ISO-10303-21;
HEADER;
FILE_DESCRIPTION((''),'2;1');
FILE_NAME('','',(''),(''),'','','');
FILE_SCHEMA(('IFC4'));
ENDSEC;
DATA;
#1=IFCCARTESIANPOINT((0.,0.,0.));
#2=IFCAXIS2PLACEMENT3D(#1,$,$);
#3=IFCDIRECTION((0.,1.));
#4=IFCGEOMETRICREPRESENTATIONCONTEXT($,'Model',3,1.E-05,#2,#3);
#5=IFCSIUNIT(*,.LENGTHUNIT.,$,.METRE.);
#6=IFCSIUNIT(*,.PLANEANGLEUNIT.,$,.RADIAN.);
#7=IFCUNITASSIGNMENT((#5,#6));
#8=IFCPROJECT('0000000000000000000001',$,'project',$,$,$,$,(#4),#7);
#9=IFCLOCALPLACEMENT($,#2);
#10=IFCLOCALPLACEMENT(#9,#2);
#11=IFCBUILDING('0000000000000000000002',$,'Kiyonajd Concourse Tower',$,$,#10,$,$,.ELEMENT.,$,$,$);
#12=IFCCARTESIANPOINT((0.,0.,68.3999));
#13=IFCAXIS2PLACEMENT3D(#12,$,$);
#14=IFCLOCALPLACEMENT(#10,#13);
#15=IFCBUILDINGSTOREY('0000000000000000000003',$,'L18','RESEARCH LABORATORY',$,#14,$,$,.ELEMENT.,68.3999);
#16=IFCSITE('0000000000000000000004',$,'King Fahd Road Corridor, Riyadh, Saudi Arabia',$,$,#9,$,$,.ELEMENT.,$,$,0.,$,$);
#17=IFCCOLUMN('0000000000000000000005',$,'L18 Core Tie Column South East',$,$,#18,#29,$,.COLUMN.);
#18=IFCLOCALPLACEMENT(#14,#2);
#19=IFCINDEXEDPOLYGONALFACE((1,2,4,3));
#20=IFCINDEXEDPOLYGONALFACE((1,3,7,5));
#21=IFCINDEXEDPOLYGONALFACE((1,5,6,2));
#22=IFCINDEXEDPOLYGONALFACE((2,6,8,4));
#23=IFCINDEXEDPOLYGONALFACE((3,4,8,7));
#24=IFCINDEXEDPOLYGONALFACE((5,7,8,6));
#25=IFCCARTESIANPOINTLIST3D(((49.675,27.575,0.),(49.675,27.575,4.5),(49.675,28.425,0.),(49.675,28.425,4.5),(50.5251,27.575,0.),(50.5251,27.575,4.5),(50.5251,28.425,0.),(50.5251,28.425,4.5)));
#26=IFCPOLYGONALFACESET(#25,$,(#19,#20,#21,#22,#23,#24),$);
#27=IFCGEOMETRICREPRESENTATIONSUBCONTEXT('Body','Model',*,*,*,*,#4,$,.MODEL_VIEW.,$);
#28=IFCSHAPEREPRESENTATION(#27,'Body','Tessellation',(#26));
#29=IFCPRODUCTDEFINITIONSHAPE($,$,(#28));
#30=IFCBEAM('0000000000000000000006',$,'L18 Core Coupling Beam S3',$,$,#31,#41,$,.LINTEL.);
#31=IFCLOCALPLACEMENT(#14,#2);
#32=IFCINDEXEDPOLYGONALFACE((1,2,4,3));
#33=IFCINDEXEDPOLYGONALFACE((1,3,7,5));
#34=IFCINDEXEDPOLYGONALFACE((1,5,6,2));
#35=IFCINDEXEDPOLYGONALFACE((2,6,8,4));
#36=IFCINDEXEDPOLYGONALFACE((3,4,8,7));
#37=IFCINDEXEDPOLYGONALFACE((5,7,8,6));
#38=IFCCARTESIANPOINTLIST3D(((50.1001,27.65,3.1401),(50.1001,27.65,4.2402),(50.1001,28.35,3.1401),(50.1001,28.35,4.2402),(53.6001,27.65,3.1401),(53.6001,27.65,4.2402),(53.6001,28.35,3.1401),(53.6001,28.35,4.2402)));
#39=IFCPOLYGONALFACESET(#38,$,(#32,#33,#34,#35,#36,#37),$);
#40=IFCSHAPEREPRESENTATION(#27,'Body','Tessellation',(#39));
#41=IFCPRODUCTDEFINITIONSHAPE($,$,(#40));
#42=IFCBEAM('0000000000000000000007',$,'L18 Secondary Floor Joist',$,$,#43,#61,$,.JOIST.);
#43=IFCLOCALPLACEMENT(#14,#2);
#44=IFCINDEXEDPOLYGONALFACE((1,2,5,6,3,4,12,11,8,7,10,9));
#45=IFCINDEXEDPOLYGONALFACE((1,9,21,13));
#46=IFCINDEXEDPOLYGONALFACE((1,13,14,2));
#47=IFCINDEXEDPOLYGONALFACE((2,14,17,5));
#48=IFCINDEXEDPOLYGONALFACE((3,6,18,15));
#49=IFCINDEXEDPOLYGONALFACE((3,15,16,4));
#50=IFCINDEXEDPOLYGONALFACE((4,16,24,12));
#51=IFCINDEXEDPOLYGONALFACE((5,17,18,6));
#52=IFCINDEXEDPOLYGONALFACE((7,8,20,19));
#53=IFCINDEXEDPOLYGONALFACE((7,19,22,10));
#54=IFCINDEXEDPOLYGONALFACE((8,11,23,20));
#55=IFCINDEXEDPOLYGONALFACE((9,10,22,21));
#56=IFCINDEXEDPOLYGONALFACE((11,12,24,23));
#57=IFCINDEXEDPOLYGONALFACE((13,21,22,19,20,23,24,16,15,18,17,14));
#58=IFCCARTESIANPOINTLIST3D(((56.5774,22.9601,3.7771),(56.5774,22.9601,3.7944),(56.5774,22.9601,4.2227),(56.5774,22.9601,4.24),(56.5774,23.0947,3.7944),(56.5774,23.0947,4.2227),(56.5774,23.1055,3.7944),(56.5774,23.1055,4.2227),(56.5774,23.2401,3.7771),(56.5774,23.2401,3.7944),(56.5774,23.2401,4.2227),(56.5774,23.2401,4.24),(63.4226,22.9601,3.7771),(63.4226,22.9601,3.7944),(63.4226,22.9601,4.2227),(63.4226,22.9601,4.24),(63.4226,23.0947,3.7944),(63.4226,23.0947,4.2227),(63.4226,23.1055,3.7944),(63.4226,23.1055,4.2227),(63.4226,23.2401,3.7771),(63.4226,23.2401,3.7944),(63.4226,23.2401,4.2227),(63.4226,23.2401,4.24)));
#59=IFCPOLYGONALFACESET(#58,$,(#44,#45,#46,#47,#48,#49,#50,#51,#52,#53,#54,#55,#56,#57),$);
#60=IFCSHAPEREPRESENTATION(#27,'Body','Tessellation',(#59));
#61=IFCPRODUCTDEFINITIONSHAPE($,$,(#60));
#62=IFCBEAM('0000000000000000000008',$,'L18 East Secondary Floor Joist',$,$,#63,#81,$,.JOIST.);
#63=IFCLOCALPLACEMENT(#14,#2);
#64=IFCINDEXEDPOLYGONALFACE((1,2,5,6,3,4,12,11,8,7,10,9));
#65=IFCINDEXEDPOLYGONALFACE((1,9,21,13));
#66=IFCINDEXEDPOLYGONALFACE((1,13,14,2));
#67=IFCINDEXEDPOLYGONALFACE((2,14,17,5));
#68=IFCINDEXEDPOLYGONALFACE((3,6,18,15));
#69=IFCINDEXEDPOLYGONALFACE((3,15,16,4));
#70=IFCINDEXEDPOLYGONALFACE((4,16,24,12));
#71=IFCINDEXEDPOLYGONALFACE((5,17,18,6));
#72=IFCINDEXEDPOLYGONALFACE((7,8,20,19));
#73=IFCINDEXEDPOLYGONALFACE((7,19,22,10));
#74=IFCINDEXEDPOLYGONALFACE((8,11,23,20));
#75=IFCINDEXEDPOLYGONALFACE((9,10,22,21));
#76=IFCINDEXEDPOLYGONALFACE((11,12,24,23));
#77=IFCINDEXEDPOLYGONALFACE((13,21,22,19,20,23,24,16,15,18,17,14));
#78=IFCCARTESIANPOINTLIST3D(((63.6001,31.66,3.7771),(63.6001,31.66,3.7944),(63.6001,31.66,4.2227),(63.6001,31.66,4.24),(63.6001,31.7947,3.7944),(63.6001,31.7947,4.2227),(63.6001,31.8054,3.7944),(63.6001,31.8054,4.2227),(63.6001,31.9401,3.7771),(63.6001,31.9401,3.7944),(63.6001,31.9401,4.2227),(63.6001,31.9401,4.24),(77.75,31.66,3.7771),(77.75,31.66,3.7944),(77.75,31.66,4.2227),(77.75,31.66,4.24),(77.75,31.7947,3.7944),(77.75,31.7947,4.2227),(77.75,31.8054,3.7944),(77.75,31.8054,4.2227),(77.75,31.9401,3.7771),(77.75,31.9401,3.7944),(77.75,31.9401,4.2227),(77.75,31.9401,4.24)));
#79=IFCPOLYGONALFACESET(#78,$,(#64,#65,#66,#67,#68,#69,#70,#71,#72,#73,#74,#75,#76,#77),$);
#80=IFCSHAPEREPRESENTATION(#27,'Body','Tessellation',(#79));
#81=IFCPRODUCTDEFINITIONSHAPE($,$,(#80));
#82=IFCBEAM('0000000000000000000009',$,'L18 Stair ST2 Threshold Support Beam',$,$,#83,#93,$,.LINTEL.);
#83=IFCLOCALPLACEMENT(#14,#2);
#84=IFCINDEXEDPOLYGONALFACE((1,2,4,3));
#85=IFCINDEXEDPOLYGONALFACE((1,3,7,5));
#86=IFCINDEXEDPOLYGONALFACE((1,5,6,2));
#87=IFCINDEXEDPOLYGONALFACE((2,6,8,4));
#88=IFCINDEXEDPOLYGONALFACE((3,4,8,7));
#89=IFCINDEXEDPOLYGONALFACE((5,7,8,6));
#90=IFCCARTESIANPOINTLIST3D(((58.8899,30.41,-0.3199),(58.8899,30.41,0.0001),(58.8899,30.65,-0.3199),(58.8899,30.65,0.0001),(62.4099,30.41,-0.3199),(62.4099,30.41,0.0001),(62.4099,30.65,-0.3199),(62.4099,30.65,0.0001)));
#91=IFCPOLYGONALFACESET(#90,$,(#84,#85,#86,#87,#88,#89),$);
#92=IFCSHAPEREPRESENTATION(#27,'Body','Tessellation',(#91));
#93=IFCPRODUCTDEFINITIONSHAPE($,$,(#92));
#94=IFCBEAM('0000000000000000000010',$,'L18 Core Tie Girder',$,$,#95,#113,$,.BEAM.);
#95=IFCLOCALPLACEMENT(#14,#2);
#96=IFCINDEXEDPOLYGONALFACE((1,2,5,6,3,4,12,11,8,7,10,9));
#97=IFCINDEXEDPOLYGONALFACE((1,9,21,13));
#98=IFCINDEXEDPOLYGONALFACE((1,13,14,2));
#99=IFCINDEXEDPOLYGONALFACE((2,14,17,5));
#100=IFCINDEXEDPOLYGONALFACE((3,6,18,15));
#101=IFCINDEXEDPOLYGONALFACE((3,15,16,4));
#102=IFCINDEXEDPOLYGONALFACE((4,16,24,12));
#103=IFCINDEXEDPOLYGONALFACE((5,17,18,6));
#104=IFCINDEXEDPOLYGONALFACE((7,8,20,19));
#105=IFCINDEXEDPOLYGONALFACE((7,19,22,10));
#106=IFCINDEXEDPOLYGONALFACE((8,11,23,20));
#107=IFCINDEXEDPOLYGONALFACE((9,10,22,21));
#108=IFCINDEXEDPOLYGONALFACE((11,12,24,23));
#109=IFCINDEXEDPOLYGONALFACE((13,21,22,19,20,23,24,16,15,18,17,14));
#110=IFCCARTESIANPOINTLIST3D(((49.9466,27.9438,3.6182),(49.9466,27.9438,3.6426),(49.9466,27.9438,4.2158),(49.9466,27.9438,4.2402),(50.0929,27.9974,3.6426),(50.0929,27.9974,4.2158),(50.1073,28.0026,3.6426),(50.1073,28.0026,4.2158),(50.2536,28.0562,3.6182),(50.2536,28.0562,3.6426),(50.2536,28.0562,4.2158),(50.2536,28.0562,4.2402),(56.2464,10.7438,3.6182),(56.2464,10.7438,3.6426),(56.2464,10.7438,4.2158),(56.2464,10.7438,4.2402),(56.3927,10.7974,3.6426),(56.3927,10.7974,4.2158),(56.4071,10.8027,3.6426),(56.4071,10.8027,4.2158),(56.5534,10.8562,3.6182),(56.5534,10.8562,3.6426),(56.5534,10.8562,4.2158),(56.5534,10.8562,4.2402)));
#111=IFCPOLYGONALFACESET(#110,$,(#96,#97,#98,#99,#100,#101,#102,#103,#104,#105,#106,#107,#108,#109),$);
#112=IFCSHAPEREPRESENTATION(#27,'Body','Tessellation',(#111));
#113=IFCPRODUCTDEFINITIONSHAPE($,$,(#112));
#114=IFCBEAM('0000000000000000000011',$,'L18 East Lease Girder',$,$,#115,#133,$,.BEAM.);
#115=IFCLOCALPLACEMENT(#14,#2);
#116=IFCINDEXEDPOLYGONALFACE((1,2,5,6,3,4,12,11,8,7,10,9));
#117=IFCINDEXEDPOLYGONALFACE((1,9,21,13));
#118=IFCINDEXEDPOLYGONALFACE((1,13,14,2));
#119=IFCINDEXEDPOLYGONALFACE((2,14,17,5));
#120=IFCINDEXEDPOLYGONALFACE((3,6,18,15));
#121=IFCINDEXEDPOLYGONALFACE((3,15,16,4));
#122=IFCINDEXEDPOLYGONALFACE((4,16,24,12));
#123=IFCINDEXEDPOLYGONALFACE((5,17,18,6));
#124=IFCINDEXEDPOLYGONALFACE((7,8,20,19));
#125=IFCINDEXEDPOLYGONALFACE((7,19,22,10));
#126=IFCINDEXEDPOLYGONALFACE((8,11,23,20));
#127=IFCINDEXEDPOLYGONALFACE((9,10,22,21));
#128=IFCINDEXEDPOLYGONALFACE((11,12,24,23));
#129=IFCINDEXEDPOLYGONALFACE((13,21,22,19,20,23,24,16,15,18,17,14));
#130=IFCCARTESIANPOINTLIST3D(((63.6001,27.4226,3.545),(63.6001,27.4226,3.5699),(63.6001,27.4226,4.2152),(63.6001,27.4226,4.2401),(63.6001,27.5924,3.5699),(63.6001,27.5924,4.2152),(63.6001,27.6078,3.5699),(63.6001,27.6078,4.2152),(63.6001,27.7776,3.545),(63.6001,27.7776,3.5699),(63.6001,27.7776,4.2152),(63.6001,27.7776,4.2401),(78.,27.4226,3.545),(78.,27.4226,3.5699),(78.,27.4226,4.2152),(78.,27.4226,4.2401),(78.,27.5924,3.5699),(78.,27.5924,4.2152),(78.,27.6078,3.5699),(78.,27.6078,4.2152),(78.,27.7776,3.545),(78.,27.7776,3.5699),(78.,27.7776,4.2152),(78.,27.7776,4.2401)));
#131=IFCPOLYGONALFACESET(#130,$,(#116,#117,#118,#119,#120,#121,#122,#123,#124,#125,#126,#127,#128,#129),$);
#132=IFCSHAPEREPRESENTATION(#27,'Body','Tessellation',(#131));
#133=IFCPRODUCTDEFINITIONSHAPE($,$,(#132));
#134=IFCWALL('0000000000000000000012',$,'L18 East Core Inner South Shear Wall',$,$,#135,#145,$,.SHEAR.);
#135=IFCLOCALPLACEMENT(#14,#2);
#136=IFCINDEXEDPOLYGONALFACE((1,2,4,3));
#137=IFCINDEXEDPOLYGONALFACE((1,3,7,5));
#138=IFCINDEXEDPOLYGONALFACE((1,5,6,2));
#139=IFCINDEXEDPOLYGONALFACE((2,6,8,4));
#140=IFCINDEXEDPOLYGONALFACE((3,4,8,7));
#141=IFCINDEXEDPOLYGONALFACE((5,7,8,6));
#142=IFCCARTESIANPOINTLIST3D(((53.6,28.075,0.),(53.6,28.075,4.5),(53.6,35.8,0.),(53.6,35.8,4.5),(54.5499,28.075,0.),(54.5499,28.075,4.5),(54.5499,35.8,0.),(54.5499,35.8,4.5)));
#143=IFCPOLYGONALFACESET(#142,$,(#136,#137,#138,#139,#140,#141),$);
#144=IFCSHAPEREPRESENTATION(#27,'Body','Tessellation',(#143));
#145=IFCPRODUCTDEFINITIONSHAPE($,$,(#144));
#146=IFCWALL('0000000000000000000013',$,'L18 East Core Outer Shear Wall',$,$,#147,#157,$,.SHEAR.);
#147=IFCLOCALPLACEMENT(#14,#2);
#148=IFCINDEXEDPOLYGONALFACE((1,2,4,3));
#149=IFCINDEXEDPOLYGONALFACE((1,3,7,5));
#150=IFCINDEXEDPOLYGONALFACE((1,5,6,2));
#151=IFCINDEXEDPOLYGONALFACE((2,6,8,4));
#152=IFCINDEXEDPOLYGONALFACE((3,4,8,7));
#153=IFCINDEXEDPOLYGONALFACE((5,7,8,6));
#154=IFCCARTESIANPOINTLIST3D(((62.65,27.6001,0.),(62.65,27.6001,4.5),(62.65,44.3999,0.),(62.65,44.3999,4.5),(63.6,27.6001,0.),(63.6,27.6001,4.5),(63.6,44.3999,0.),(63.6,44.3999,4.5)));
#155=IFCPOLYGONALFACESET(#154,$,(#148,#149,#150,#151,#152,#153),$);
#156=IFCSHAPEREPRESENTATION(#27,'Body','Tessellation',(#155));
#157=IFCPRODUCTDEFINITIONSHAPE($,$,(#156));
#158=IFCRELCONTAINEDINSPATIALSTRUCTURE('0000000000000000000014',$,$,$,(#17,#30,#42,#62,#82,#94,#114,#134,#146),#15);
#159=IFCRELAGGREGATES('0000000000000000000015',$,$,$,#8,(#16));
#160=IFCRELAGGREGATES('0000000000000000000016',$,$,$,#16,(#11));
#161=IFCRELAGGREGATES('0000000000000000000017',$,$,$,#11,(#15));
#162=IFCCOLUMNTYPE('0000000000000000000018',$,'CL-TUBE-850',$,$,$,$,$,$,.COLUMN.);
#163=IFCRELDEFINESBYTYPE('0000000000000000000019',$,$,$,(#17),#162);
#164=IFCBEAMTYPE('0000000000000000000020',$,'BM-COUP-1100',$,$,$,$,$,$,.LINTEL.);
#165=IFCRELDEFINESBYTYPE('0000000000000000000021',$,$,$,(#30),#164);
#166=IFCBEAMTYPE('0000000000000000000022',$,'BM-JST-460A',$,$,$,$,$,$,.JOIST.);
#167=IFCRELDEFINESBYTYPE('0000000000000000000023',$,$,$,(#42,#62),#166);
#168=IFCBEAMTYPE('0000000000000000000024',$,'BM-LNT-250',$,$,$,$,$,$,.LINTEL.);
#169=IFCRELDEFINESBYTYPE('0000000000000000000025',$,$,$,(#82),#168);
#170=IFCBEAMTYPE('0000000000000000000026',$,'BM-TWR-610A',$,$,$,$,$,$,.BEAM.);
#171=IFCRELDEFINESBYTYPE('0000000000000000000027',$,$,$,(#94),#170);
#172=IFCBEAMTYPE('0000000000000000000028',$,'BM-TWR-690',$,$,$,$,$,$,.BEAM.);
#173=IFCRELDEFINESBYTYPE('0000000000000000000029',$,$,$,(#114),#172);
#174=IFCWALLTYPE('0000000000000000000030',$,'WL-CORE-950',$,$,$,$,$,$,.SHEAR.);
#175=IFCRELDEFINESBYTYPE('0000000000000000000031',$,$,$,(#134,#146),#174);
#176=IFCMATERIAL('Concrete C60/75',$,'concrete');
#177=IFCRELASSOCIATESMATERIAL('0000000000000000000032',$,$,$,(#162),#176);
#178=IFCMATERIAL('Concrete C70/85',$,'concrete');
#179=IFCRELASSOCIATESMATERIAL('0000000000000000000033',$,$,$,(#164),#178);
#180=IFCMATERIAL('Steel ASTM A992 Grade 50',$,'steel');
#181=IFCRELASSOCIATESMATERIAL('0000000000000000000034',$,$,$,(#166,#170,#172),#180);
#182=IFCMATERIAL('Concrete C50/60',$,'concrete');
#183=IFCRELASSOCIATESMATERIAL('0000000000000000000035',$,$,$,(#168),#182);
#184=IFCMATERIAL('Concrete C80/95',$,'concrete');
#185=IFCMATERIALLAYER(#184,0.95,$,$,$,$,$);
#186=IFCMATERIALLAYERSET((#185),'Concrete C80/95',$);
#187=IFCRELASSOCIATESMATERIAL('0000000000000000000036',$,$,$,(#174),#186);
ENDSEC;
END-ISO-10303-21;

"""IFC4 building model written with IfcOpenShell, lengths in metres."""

from ifc_helpers import new_model, si_unit, direction, frame, frame_2d, origin, origin_2d, place, context, subcontext, project, spatial, rectangle, i_section, extrude, material, layer, layer_set, material_profile, profile_set, type_object, element, save


model = new_model("IFC4")

# Units and contexts
model_context = context("Model", 3, precision=1e-05, world=origin(), true_north=direction((0.0, 1.0)))
body_context = subcontext(model_context, "Body", "Model", "MODEL_VIEW")
ifc_project = project(units=[si_unit("LENGTHUNIT", "METRE"), si_unit("PLANEANGLEUNIT", "RADIAN")], contexts=[model_context])

# Site, building, storey
site_placement = place(None, origin())
site = spatial("IfcSite", under=ifc_project, at=site_placement, Name="King Fahd Road Corridor, Riyadh, Saudi Arabia", CompositionType="ELEMENT", RefElevation=0.0)
building_placement = place(site_placement, origin())
building = spatial("IfcBuilding", under=site, at=building_placement, Name="Kiyonajd Concourse Tower", CompositionType="ELEMENT")
storey_placement = place(building_placement, frame((0.0, 0.0, 68.3999)))
storey = spatial("IfcBuildingStorey", under=building, at=storey_placement, Name="L18", Description="RESEARCH LABORATORY", CompositionType="ELEMENT", Elevation=68.3999)

# Column
ifc_material_1 = material(Name="Concrete C60/75", Category="concrete")
ifc_material_profile_1 = material_profile(ifc_material_1, rectangle(XDim=0.8501, YDim=0.8501, at=origin_2d()), Name="RC-850x850")
ifc_profile_set_1 = profile_set([ifc_material_profile_1], Name="Concrete C60/75")
column_type = type_object("IfcColumnType", Name="CL-TUBE-850", PredefinedType="COLUMN", material=ifc_profile_set_1)
column_placement = place(storey_placement, frame((50.1001, 28.0, 0.0), z_axis=(0.0, 0.0, 1.0), x_axis=(1.0, 0.0, 0.0)))
element("IfcColumn", 1, at=column_placement, inside=storey, type_object=column_type, Name="L18 Core Tie Column South East", PredefinedType="COLUMN", context=body_context, shape_type="SweptSolid", body=[
    extrude(rectangle(XDim=0.8501, YDim=0.8501, at=origin_2d()), origin(), (0.0, 0.0, 1.0), 4.5),
])

# Beams
ifc_material_2 = material(Name="Concrete C70/85", Category="concrete")
ifc_material_profile_2 = material_profile(ifc_material_2, rectangle(XDim=0.7, YDim=1.1001, at=origin_2d()), Name="RCBM-700x1100")
ifc_profile_set_2 = profile_set([ifc_material_profile_2], Name="Concrete C70/85")
beam_type_1 = type_object("IfcBeamType", Name="BM-COUP-1100", PredefinedType="LINTEL", material=ifc_profile_set_2)
beam_1_placement = place(storey_placement, frame((50.1001, 28.0, 3.6902), z_axis=(1.0, 0.0, 0.0), x_axis=(0.0, 1.0, 0.0)))
element("IfcBeam", 2, at=beam_1_placement, inside=storey, type_object=beam_type_1, Name="L18 Core Coupling Beam S3", PredefinedType="LINTEL", context=body_context, shape_type="SweptSolid", body=[
    extrude(rectangle(XDim=0.7, YDim=1.1001, at=origin_2d()), origin(), (0.0, 0.0, 1.0), 3.5),
])
ifc_material_3 = material(Name="Steel ASTM A992 Grade 50", Category="steel")
ifc_material_profile_3 = material_profile(ifc_material_3, i_section(OverallWidth=0.28, OverallDepth=0.4629, WebThickness=0.0107, FlangeThickness=0.0173, at=origin_2d()), Name="W460X113")
ifc_profile_set_3 = profile_set([ifc_material_profile_3], Name="Steel ASTM A992 Grade 50")
beam_type_2 = type_object("IfcBeamType", Name="BM-JST-460A", PredefinedType="JOIST", material=ifc_profile_set_3)
beam_2_placement = place(storey_placement, frame((56.5774, 23.1001, 4.0085), z_axis=(1.0, 0.0, 0.0), x_axis=(0.0, 1.0, 0.0)))
element("IfcBeam", 3, at=beam_2_placement, inside=storey, type_object=beam_type_2, Name="L18 Secondary Floor Joist", PredefinedType="JOIST", context=body_context, shape_type="SweptSolid", body=[
    extrude(i_section(OverallWidth=0.28, OverallDepth=0.4629, WebThickness=0.0107, FlangeThickness=0.0173, at=origin_2d()), origin(), (0.0, 0.0, 1.0), 6.8452),
])
beam_3_placement = place(storey_placement, frame((63.6001, 31.8, 4.0085), z_axis=(1.0, 0.0, 0.0), x_axis=(0.0, 1.0, 0.0)))
element("IfcBeam", 4, at=beam_3_placement, inside=storey, type_object=beam_type_2, Name="L18 East Secondary Floor Joist", PredefinedType="JOIST", context=body_context, shape_type="SweptSolid", body=[
    extrude(i_section(OverallWidth=0.28, OverallDepth=0.4629, WebThickness=0.0107, FlangeThickness=0.0173, at=origin_2d()), origin(), (0.0, 0.0, 1.0), 14.1499),
])
ifc_material_4 = material(Name="Concrete C50/60", Category="concrete")
ifc_material_profile_4 = material_profile(ifc_material_4, rectangle(XDim=0.24, YDim=0.3201, at=origin_2d()), Name="RCBM-240x320")
ifc_profile_set_4 = profile_set([ifc_material_profile_4], Name="Concrete C50/60")
beam_type_3 = type_object("IfcBeamType", Name="BM-LNT-250", PredefinedType="LINTEL", material=ifc_profile_set_4)
beam_4_placement = place(storey_placement, frame((58.8899, 30.53, -0.1599), z_axis=(1.0, 0.0, 0.0), x_axis=(0.0, 1.0, 0.0)))
element("IfcBeam", 5, at=beam_4_placement, inside=storey, type_object=beam_type_3, Name="L18 Stair ST2 Threshold Support Beam", PredefinedType="LINTEL", context=body_context, shape_type="SweptSolid", body=[
    extrude(rectangle(XDim=0.24, YDim=0.3201, at=origin_2d()), origin(), (0.0, 0.0, 1.0), 3.52),
])
ifc_material_profile_5 = material_profile(ifc_material_3, i_section(OverallWidth=0.3269, OverallDepth=0.6221, WebThickness=0.0154, FlangeThickness=0.0244, at=origin_2d()), Name="W610X195")
ifc_profile_set_5 = profile_set([ifc_material_profile_5], Name="Steel ASTM A992 Grade 50")
beam_type_4 = type_object("IfcBeamType", Name="BM-TWR-610A", PredefinedType="BEAM", material=ifc_profile_set_5)
beam_5_placement = place(storey_placement, frame((50.1001, 28.0, 3.9292), z_axis=(0.343925, -0.938997, 0.0), x_axis=(0.938997, 0.343925, 0.0)))
element("IfcBeam", 6, at=beam_5_placement, inside=storey, type_object=beam_type_4, Name="L18 Core Tie Girder", PredefinedType="BEAM", context=body_context, shape_type="SweptSolid", body=[
    extrude(i_section(OverallWidth=0.3269, OverallDepth=0.6221, WebThickness=0.0154, FlangeThickness=0.0244, at=origin_2d()), origin(), (0.0, 0.0, 1.0), 18.3174),
])
ifc_material_profile_6 = material_profile(ifc_material_3, i_section(OverallWidth=0.355, OverallDepth=0.6951, WebThickness=0.0154, FlangeThickness=0.0249, at=origin_2d()), Name="W690X217")
ifc_profile_set_6 = profile_set([ifc_material_profile_6], Name="Steel ASTM A992 Grade 50")
beam_type_5 = type_object("IfcBeamType", Name="BM-TWR-690", PredefinedType="BEAM", material=ifc_profile_set_6)
beam_6_placement = place(storey_placement, frame((63.6001, 27.6001, 3.8926), z_axis=(1.0, 0.0, 0.0), x_axis=(0.0, 1.0, 0.0)))
element("IfcBeam", 7, at=beam_6_placement, inside=storey, type_object=beam_type_5, Name="L18 East Lease Girder", PredefinedType="BEAM", context=body_context, shape_type="SweptSolid", body=[
    extrude(i_section(OverallWidth=0.355, OverallDepth=0.6951, WebThickness=0.0154, FlangeThickness=0.0249, at=origin_2d()), origin(), (0.0, 0.0, 1.0), 14.3999),
])

# Walls
ifc_material_5 = material(Name="Concrete C80/95", Category="concrete")
ifc_layer_1 = layer(ifc_material_5, 0.95)
ifc_layer_set_1 = layer_set([ifc_layer_1], Name="Concrete C80/95")
wall_type_1 = type_object("IfcWallType", Name="WL-CORE-950", PredefinedType="SHEAR", material=ifc_layer_set_1)
wall_1_placement = place(storey_placement, frame((54.075, 28.075, 0.0), z_axis=(0.0, 0.0, 1.0), x_axis=(0.0, 1.0, 0.0)))
element("IfcWall", 8, at=wall_1_placement, inside=storey, type_object=wall_type_1, Name="L18 East Core Inner South Shear Wall", PredefinedType="SHEAR", context=body_context, shape_type="SweptSolid", body=[
    extrude(rectangle(XDim=7.7251, YDim=0.95, at=frame_2d((3.8625, 0.0))), origin(), (0.0, 0.0, 1.0), 4.5),
])
wall_2_placement = place(storey_placement, frame((63.125, 27.6001, 0.0), z_axis=(0.0, 0.0, 1.0), x_axis=(0.0, 1.0, 0.0)))
element("IfcWall", 9, at=wall_2_placement, inside=storey, type_object=wall_type_1, Name="L18 East Core Outer Shear Wall", PredefinedType="SHEAR", context=body_context, shape_type="SweptSolid", body=[
    extrude(rectangle(XDim=16.7998, YDim=0.95, at=frame_2d((8.3999, 0.0))), origin(), (0.0, 0.0, 1.0), 4.5),
])

save(model, "model.ifc")
